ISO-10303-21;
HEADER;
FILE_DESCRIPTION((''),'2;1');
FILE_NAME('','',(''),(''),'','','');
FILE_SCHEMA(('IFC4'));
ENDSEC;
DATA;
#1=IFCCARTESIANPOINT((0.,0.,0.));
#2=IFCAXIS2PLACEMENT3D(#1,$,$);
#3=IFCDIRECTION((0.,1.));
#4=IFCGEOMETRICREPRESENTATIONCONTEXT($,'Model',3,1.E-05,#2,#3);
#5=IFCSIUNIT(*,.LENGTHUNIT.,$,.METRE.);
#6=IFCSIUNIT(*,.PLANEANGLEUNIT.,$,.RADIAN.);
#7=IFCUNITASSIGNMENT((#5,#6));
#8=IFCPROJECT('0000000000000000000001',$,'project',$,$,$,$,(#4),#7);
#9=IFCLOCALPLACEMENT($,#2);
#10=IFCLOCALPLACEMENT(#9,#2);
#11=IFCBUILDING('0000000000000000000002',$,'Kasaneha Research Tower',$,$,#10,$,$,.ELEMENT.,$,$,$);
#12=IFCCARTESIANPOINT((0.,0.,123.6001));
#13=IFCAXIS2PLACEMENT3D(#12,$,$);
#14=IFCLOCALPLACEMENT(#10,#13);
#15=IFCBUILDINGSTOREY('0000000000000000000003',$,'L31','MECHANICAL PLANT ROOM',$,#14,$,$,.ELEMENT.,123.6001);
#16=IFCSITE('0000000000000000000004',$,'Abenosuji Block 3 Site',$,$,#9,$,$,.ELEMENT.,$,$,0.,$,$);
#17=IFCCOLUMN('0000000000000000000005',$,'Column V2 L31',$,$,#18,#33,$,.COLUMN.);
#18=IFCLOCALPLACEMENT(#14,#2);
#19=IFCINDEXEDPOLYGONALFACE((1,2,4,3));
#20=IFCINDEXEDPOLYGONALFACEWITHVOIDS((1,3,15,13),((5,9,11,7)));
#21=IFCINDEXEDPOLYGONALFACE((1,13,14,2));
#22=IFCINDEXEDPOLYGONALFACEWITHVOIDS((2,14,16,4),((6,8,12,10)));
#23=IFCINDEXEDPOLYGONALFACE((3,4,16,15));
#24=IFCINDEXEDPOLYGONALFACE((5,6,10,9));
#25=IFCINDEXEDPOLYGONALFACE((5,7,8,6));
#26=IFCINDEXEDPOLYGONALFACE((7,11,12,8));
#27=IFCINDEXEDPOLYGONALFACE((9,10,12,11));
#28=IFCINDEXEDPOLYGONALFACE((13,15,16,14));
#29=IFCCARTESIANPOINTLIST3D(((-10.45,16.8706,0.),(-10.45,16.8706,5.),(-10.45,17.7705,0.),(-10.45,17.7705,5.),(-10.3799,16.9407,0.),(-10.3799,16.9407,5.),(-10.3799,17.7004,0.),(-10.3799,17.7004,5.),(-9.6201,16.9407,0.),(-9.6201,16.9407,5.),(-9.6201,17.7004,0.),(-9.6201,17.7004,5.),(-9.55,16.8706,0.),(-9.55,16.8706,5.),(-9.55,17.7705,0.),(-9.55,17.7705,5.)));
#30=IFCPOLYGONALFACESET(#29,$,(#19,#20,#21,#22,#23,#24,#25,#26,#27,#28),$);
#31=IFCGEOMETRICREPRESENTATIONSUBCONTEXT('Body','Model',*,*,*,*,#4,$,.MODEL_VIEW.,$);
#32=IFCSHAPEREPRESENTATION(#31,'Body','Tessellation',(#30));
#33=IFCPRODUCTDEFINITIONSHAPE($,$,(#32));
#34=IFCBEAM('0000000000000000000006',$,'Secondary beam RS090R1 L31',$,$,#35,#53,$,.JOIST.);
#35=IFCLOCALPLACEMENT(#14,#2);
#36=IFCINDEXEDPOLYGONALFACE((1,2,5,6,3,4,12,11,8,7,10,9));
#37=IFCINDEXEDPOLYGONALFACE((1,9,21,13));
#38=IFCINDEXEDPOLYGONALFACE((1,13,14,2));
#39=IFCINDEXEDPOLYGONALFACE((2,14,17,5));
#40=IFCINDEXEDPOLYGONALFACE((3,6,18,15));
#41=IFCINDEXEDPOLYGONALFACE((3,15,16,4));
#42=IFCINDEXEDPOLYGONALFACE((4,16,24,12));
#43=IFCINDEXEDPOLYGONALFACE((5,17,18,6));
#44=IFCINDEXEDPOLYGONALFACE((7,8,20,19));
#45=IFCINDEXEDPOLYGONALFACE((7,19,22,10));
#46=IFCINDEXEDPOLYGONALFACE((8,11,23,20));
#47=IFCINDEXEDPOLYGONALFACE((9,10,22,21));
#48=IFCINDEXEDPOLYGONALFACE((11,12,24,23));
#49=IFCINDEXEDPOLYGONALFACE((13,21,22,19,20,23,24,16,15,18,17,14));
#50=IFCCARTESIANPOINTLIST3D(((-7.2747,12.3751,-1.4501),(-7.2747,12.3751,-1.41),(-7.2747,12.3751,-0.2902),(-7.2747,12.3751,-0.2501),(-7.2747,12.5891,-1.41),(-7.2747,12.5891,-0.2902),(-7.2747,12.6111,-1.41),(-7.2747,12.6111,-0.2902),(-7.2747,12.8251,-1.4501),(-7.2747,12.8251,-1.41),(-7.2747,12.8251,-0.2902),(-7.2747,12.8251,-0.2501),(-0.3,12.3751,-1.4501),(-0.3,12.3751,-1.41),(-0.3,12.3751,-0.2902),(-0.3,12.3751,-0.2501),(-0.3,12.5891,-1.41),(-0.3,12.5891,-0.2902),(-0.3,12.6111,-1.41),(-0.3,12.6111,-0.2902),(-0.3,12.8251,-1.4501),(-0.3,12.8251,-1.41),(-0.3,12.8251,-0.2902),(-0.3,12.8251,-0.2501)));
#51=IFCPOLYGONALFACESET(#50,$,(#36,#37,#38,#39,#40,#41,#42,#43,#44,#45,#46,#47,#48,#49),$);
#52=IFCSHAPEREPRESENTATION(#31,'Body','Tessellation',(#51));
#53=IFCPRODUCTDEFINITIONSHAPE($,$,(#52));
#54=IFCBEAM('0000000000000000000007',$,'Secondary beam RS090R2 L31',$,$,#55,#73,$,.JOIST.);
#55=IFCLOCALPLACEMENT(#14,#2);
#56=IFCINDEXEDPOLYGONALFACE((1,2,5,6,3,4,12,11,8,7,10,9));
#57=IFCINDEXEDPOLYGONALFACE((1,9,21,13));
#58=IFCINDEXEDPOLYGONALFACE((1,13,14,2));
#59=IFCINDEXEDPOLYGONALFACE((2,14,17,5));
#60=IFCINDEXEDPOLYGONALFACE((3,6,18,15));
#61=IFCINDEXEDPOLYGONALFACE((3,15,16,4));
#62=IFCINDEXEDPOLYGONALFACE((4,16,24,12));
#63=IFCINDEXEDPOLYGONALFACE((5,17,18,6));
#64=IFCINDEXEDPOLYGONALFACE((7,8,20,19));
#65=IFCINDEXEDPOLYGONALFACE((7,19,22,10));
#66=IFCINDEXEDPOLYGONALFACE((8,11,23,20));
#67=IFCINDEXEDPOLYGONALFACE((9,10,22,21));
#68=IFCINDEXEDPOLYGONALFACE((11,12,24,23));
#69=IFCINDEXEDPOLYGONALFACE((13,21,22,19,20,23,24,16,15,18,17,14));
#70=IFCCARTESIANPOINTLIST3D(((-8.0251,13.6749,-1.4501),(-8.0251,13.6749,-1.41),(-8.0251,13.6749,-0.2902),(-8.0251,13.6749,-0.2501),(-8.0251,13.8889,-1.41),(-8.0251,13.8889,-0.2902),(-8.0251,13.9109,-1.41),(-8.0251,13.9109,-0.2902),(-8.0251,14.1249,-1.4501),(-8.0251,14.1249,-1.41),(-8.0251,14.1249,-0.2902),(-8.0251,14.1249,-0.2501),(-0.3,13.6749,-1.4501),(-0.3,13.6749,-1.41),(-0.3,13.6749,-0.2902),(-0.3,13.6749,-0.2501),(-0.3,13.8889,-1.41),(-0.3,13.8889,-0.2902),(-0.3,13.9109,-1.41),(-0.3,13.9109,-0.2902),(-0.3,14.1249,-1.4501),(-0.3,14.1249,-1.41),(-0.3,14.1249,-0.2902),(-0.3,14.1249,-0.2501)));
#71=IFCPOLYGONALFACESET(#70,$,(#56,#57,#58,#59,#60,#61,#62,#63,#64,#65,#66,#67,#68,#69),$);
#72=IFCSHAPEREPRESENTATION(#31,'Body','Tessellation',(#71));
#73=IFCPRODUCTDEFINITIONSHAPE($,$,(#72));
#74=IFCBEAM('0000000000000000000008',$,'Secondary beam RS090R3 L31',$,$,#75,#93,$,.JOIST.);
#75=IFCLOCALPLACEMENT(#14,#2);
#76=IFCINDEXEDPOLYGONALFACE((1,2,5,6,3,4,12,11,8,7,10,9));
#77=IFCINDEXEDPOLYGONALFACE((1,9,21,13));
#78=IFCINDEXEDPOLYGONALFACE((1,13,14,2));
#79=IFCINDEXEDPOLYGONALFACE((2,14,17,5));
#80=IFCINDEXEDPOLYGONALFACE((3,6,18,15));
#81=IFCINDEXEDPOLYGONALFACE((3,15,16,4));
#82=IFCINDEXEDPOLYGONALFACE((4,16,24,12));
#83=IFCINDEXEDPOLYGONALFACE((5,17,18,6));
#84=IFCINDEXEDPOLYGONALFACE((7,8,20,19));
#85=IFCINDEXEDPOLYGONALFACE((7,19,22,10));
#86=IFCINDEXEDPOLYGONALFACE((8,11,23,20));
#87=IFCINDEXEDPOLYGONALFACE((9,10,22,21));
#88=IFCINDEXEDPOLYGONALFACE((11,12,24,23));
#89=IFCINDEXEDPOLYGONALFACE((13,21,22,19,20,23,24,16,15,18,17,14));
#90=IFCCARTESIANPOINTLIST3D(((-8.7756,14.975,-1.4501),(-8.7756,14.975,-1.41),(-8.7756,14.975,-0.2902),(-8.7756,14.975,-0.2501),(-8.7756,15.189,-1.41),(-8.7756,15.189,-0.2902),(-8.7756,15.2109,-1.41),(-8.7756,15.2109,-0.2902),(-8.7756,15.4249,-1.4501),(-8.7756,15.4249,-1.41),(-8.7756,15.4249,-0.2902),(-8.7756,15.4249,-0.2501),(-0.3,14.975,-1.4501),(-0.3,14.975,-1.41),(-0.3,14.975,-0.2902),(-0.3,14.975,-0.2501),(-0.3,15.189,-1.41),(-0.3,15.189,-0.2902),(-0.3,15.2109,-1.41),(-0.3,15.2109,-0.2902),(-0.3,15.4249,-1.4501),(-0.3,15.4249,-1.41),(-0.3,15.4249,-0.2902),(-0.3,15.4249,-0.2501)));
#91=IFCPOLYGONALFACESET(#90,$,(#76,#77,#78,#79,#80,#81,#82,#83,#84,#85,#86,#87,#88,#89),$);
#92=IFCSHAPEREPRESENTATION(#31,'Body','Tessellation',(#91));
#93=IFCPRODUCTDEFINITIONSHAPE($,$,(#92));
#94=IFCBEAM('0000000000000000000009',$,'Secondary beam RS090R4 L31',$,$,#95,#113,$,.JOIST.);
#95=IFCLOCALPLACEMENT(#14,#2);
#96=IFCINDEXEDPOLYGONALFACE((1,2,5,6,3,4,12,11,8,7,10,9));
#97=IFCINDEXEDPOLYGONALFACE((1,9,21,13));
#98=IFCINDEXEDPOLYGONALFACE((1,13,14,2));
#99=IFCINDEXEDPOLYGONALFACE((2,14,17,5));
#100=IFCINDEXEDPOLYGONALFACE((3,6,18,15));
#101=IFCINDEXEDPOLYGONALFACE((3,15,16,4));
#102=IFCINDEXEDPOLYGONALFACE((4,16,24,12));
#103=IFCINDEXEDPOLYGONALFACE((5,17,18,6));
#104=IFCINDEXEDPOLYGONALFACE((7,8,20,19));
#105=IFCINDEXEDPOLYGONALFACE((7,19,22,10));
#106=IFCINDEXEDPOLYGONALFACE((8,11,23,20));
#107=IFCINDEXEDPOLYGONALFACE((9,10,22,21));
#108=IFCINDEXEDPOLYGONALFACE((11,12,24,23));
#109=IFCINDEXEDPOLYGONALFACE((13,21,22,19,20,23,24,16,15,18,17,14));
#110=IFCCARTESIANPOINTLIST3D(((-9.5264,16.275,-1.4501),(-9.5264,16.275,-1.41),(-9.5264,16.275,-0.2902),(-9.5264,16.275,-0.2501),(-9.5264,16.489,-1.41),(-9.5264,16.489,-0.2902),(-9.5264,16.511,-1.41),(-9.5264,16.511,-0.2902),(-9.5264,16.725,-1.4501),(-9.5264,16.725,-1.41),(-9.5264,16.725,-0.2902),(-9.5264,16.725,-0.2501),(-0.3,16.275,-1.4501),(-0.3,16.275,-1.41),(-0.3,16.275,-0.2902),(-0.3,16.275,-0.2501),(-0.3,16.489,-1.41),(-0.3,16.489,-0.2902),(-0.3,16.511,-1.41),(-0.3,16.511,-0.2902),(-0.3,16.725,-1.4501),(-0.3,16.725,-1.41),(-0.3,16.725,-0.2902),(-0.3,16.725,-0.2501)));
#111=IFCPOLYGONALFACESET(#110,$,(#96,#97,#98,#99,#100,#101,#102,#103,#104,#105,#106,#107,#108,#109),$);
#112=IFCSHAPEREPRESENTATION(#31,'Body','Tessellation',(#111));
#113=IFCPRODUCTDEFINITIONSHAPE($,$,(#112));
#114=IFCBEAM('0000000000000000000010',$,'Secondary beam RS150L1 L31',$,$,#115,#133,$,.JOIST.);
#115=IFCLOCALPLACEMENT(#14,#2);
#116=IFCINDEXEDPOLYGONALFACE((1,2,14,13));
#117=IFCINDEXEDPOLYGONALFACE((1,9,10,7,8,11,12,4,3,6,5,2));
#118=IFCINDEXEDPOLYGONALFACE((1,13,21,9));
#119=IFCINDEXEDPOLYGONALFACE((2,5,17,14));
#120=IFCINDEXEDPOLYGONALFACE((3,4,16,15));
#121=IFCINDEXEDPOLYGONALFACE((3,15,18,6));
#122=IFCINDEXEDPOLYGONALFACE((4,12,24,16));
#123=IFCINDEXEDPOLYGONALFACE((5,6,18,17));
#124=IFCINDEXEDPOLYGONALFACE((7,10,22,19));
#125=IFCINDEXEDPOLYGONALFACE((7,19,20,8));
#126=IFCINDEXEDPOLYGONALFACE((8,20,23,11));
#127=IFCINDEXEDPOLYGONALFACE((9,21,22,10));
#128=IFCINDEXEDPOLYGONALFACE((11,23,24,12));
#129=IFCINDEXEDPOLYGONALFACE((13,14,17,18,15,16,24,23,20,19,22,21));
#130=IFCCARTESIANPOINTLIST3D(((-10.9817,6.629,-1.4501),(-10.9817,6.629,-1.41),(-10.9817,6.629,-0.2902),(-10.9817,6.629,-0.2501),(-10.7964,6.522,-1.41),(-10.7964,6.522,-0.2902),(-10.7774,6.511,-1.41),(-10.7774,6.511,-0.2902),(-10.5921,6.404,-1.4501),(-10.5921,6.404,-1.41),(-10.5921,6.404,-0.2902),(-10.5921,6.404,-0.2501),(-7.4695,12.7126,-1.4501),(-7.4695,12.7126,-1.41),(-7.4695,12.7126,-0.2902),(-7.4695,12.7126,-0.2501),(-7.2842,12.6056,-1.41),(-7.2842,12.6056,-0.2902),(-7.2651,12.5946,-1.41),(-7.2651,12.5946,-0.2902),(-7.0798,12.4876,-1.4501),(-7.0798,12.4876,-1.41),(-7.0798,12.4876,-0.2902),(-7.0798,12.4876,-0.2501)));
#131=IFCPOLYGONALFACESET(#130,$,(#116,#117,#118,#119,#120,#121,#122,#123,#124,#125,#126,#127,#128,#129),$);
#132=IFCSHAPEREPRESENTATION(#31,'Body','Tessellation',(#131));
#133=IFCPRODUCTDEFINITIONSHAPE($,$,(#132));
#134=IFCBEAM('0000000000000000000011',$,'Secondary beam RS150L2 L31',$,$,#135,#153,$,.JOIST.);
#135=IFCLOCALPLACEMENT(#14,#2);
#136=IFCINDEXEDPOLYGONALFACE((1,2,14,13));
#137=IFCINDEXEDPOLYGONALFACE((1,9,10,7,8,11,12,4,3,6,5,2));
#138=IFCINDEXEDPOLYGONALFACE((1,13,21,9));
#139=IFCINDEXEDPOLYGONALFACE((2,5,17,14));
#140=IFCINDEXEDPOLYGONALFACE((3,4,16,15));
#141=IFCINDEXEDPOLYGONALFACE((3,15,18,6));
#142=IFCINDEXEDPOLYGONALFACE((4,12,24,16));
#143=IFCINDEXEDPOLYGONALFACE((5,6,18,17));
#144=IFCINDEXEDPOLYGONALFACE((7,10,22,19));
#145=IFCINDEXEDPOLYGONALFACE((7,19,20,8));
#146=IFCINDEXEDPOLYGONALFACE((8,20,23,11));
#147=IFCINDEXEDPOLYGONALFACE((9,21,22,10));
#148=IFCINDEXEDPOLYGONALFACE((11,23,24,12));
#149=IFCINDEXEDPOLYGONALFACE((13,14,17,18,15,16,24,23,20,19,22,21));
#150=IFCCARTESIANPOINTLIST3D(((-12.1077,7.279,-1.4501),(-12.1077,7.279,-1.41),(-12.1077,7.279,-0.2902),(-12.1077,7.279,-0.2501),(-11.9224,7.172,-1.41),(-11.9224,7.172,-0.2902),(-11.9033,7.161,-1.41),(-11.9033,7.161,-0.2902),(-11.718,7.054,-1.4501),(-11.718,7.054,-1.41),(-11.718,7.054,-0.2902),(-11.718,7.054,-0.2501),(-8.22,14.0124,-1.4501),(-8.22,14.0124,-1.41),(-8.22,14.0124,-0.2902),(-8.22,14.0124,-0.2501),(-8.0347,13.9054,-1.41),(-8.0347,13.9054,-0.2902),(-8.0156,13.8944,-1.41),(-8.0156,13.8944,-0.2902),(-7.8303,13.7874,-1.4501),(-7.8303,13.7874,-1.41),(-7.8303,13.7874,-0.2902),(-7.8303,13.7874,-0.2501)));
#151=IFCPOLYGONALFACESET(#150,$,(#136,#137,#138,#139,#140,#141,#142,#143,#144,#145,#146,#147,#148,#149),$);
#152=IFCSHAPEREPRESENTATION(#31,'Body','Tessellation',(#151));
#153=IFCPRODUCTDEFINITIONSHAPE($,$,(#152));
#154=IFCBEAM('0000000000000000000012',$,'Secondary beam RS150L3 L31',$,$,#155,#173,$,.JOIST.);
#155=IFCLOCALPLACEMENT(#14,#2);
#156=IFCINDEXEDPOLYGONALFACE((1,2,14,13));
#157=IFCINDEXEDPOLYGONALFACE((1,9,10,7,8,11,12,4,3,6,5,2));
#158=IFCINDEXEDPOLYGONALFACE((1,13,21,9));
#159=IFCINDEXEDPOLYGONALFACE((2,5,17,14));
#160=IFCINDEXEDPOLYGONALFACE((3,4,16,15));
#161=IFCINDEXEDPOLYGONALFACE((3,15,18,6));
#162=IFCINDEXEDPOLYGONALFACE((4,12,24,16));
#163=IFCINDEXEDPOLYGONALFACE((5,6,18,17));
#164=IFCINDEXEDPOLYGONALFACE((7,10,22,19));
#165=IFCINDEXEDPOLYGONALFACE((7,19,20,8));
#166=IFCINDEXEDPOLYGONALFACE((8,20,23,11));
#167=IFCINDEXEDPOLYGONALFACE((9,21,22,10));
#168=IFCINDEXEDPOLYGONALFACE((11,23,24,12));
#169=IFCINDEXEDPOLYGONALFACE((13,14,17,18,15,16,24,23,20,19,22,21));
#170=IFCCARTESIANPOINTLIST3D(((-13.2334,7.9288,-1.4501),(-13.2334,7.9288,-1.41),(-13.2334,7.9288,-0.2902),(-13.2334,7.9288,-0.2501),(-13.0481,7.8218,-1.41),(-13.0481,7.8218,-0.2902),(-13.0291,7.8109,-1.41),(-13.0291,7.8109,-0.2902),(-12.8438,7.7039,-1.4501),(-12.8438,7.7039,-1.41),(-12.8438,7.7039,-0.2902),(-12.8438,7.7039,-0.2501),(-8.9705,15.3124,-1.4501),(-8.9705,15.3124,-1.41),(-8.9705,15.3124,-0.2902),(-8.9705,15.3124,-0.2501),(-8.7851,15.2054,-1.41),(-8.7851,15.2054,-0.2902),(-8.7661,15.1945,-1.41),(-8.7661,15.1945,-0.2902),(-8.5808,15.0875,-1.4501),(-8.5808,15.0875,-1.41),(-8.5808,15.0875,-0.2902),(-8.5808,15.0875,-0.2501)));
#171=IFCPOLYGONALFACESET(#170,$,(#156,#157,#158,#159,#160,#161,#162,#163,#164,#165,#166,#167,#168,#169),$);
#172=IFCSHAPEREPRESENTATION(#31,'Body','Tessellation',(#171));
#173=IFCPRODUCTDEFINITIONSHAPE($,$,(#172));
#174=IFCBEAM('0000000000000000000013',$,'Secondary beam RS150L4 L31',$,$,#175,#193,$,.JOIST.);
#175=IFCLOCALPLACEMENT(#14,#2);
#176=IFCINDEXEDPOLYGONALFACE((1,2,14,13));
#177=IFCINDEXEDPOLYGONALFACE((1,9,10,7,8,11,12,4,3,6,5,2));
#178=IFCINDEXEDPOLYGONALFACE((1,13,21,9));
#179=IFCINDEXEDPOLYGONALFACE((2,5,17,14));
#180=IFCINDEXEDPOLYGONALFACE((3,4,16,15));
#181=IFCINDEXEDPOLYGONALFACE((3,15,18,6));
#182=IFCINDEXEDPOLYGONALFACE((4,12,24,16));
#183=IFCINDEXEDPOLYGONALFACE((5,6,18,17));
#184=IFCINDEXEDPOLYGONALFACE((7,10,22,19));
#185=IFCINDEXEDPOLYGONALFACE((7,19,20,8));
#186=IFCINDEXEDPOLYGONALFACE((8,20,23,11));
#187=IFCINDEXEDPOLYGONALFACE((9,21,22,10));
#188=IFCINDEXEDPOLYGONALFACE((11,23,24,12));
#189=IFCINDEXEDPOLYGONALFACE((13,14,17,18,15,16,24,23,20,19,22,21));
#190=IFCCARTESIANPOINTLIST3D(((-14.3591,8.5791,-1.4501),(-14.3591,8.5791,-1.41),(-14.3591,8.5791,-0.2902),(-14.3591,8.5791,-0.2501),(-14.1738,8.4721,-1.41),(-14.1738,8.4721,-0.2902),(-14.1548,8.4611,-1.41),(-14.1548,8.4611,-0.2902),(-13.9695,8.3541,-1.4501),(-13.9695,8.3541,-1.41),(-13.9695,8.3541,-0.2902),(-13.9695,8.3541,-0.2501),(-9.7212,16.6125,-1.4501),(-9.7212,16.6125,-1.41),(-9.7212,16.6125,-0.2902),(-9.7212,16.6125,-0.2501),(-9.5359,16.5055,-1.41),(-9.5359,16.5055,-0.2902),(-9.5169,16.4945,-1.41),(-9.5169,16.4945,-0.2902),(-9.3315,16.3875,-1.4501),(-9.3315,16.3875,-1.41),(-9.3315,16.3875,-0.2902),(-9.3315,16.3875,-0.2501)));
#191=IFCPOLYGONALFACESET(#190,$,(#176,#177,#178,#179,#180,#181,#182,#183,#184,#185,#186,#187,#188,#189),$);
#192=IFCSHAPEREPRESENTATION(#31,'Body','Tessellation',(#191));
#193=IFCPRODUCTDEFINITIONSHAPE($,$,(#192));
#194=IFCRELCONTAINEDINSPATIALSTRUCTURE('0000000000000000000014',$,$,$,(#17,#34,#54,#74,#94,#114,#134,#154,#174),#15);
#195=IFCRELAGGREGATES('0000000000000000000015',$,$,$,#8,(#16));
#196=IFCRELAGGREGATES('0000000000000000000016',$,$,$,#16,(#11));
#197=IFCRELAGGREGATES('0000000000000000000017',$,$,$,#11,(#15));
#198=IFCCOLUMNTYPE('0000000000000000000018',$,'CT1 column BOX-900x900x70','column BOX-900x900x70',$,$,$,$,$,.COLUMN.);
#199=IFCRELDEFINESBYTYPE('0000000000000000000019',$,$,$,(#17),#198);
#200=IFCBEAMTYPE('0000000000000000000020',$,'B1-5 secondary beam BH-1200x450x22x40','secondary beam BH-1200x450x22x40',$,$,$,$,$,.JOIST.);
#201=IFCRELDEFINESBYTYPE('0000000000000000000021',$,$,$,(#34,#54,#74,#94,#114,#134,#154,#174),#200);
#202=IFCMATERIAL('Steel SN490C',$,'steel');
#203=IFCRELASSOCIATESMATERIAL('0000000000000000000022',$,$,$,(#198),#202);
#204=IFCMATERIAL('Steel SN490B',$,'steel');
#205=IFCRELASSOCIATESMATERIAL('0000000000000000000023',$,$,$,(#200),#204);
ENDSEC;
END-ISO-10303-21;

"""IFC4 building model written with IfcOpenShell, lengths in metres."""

from ifc_helpers import new_model, si_unit, direction, frame, origin, origin_2d, place, context, subcontext, project, spatial, hollow_rectangle, i_section, extrude, material, material_profile, profile_set, type_object, element, save


model = new_model("IFC4")

# Units and contexts
model_context = context("Model", 3, precision=1e-05, world=origin(), true_north=direction((0.0, 1.0)))
body_context = subcontext(model_context, "Body", "Model", "MODEL_VIEW")
ifc_project = project(units=[si_unit("LENGTHUNIT", "METRE"), si_unit("PLANEANGLEUNIT", "RADIAN")], contexts=[model_context])

# Site, building, storey
site_placement = place(None, origin())
site = spatial("IfcSite", under=ifc_project, at=site_placement, Name="Abenosuji Block 3 Site", CompositionType="ELEMENT", RefElevation=0.0)
building_placement = place(site_placement, origin())
building = spatial("IfcBuilding", under=site, at=building_placement, Name="Kasaneha Research Tower", CompositionType="ELEMENT")
storey_placement = place(building_placement, frame((0.0, 0.0, 123.6001)))
storey = spatial("IfcBuildingStorey", under=building, at=storey_placement, Name="L31", Description="MECHANICAL PLANT ROOM", CompositionType="ELEMENT", Elevation=123.6001)

# Column
ifc_material_1 = material(Name="Steel SN490C", Category="steel")
ifc_material_profile_1 = material_profile(ifc_material_1, hollow_rectangle(XDim=0.8999, YDim=0.8999, WallThickness=0.0701, at=origin_2d()), Name="BOX-900x900x70")
ifc_profile_set_1 = profile_set([ifc_material_profile_1], Name="Steel SN490C")
column_type = type_object("IfcColumnType", Name="CT1 column BOX-900x900x70", Description="column BOX-900x900x70", PredefinedType="COLUMN", material=ifc_profile_set_1)
column_placement = place(storey_placement, frame((-10.0, 17.3206, 0.0), z_axis=(0.0, 0.0, 1.0), x_axis=(1.0, 0.0, 0.0)))
element("IfcColumn", 1, at=column_placement, inside=storey, type_object=column_type, Name="Column V2 L31", PredefinedType="COLUMN", context=body_context, shape_type="SweptSolid", body=[
    extrude(hollow_rectangle(XDim=0.8999, YDim=0.8999, WallThickness=0.0701, at=origin_2d()), origin(), (0.0, 0.0, 1.0), 5.0),
])

# Beams
ifc_material_2 = material(Name="Steel SN490B", Category="steel")
ifc_material_profile_2 = material_profile(ifc_material_2, i_section(OverallWidth=0.45, OverallDepth=1.2, WebThickness=0.022, FlangeThickness=0.04, at=origin_2d()), Name="BH-1200x450x22x40")
ifc_profile_set_2 = profile_set([ifc_material_profile_2], Name="Steel SN490B")
beam_type_1 = type_object("IfcBeamType", Name="B1-5 secondary beam BH-1200x450x22x40", Description="secondary beam BH-1200x450x22x40", PredefinedType="JOIST", material=ifc_profile_set_2)
beam_1_placement = place(storey_placement, frame((-7.2747, 12.6001, -0.8501), z_axis=(1.0, 0.0, 0.0), x_axis=(0.0, 1.0, 0.0)))
element("IfcBeam", 2, at=beam_1_placement, inside=storey, type_object=beam_type_1, Name="Secondary beam RS090R1 L31", PredefinedType="JOIST", context=body_context, shape_type="SweptSolid", body=[
    extrude(i_section(OverallWidth=0.45, OverallDepth=1.2, WebThickness=0.022, FlangeThickness=0.04, at=origin_2d()), origin(), (0.0, 0.0, 1.0), 6.9746),
])
beam_2_placement = place(storey_placement, frame((-8.0251, 13.8999, -0.8501), z_axis=(1.0, 0.0, 0.0), x_axis=(0.0, 1.0, 0.0)))
element("IfcBeam", 3, at=beam_2_placement, inside=storey, type_object=beam_type_1, Name="Secondary beam RS090R2 L31", PredefinedType="JOIST", context=body_context, shape_type="SweptSolid", body=[
    extrude(i_section(OverallWidth=0.45, OverallDepth=1.2, WebThickness=0.022, FlangeThickness=0.04, at=origin_2d()), origin(), (0.0, 0.0, 1.0), 7.7251),
])
beam_3_placement = place(storey_placement, frame((-8.7756, 15.2, -0.8501), z_axis=(1.0, 0.0, 0.0), x_axis=(0.0, 1.0, 0.0)))
element("IfcBeam", 4, at=beam_3_placement, inside=storey, type_object=beam_type_1, Name="Secondary beam RS090R3 L31", PredefinedType="JOIST", context=body_context, shape_type="SweptSolid", body=[
    extrude(i_section(OverallWidth=0.45, OverallDepth=1.2, WebThickness=0.022, FlangeThickness=0.04, at=origin_2d()), origin(), (0.0, 0.0, 1.0), 8.4756),
])
beam_4_placement = place(storey_placement, frame((-9.5264, 16.5, -0.8501), z_axis=(1.0, 0.0, 0.0), x_axis=(0.0, 1.0, 0.0)))
element("IfcBeam", 5, at=beam_4_placement, inside=storey, type_object=beam_type_1, Name="Secondary beam RS090R4 L31", PredefinedType="JOIST", context=body_context, shape_type="SweptSolid", body=[
    extrude(i_section(OverallWidth=0.45, OverallDepth=1.2, WebThickness=0.022, FlangeThickness=0.04, at=origin_2d()), origin(), (0.0, 0.0, 1.0), 9.2263),
])
beam_5_placement = place(storey_placement, frame((-7.2747, 12.6001, -0.8501), z_axis=(-0.499989, -0.866032, 0.0), x_axis=(0.866032, -0.499989, 0.0)))
element("IfcBeam", 6, at=beam_5_placement, inside=storey, type_object=beam_type_1, Name="Secondary beam RS150L1 L31", PredefinedType="JOIST", context=body_context, shape_type="SweptSolid", body=[
    extrude(i_section(OverallWidth=0.45, OverallDepth=1.2, WebThickness=0.022, FlangeThickness=0.04, at=origin_2d()), origin(), (0.0, 0.0, 1.0), 7.0247),
])
beam_6_placement = place(storey_placement, frame((-8.0251, 13.8999, -0.8501), z_axis=(-0.500016, -0.866016, 0.0), x_axis=(0.866016, -0.500016, 0.0)))
element("IfcBeam", 7, at=beam_6_placement, inside=storey, type_object=beam_type_1, Name="Secondary beam RS150L2 L31", PredefinedType="JOIST", context=body_context, shape_type="SweptSolid", body=[
    extrude(i_section(OverallWidth=0.45, OverallDepth=1.2, WebThickness=0.022, FlangeThickness=0.04, at=origin_2d()), origin(), (0.0, 0.0, 1.0), 7.7751),
])
beam_7_placement = place(storey_placement, frame((-8.7756, 15.2, -0.8501), z_axis=(-0.500004, -0.866023, 0.0), x_axis=(0.866023, -0.500004, 0.0)))
element("IfcBeam", 8, at=beam_7_placement, inside=storey, type_object=beam_type_1, Name="Secondary beam RS150L3 L31", PredefinedType="JOIST", context=body_context, shape_type="SweptSolid", body=[
    extrude(i_section(OverallWidth=0.45, OverallDepth=1.2, WebThickness=0.022, FlangeThickness=0.04, at=origin_2d()), origin(), (0.0, 0.0, 1.0), 8.5259),
])
beam_8_placement = place(storey_placement, frame((-9.5264, 16.5, -0.8501), z_axis=(-0.499986, -0.866034, 0.0), x_axis=(0.866034, -0.499986, 0.0)))
element("IfcBeam", 9, at=beam_8_placement, inside=storey, type_object=beam_type_1, Name="Secondary beam RS150L4 L31", PredefinedType="JOIST", context=body_context, shape_type="SweptSolid", body=[
    extrude(i_section(OverallWidth=0.45, OverallDepth=1.2, WebThickness=0.022, FlangeThickness=0.04, at=origin_2d()), origin(), (0.0, 0.0, 1.0), 9.2761),
])

save(model, "model.ifc")
